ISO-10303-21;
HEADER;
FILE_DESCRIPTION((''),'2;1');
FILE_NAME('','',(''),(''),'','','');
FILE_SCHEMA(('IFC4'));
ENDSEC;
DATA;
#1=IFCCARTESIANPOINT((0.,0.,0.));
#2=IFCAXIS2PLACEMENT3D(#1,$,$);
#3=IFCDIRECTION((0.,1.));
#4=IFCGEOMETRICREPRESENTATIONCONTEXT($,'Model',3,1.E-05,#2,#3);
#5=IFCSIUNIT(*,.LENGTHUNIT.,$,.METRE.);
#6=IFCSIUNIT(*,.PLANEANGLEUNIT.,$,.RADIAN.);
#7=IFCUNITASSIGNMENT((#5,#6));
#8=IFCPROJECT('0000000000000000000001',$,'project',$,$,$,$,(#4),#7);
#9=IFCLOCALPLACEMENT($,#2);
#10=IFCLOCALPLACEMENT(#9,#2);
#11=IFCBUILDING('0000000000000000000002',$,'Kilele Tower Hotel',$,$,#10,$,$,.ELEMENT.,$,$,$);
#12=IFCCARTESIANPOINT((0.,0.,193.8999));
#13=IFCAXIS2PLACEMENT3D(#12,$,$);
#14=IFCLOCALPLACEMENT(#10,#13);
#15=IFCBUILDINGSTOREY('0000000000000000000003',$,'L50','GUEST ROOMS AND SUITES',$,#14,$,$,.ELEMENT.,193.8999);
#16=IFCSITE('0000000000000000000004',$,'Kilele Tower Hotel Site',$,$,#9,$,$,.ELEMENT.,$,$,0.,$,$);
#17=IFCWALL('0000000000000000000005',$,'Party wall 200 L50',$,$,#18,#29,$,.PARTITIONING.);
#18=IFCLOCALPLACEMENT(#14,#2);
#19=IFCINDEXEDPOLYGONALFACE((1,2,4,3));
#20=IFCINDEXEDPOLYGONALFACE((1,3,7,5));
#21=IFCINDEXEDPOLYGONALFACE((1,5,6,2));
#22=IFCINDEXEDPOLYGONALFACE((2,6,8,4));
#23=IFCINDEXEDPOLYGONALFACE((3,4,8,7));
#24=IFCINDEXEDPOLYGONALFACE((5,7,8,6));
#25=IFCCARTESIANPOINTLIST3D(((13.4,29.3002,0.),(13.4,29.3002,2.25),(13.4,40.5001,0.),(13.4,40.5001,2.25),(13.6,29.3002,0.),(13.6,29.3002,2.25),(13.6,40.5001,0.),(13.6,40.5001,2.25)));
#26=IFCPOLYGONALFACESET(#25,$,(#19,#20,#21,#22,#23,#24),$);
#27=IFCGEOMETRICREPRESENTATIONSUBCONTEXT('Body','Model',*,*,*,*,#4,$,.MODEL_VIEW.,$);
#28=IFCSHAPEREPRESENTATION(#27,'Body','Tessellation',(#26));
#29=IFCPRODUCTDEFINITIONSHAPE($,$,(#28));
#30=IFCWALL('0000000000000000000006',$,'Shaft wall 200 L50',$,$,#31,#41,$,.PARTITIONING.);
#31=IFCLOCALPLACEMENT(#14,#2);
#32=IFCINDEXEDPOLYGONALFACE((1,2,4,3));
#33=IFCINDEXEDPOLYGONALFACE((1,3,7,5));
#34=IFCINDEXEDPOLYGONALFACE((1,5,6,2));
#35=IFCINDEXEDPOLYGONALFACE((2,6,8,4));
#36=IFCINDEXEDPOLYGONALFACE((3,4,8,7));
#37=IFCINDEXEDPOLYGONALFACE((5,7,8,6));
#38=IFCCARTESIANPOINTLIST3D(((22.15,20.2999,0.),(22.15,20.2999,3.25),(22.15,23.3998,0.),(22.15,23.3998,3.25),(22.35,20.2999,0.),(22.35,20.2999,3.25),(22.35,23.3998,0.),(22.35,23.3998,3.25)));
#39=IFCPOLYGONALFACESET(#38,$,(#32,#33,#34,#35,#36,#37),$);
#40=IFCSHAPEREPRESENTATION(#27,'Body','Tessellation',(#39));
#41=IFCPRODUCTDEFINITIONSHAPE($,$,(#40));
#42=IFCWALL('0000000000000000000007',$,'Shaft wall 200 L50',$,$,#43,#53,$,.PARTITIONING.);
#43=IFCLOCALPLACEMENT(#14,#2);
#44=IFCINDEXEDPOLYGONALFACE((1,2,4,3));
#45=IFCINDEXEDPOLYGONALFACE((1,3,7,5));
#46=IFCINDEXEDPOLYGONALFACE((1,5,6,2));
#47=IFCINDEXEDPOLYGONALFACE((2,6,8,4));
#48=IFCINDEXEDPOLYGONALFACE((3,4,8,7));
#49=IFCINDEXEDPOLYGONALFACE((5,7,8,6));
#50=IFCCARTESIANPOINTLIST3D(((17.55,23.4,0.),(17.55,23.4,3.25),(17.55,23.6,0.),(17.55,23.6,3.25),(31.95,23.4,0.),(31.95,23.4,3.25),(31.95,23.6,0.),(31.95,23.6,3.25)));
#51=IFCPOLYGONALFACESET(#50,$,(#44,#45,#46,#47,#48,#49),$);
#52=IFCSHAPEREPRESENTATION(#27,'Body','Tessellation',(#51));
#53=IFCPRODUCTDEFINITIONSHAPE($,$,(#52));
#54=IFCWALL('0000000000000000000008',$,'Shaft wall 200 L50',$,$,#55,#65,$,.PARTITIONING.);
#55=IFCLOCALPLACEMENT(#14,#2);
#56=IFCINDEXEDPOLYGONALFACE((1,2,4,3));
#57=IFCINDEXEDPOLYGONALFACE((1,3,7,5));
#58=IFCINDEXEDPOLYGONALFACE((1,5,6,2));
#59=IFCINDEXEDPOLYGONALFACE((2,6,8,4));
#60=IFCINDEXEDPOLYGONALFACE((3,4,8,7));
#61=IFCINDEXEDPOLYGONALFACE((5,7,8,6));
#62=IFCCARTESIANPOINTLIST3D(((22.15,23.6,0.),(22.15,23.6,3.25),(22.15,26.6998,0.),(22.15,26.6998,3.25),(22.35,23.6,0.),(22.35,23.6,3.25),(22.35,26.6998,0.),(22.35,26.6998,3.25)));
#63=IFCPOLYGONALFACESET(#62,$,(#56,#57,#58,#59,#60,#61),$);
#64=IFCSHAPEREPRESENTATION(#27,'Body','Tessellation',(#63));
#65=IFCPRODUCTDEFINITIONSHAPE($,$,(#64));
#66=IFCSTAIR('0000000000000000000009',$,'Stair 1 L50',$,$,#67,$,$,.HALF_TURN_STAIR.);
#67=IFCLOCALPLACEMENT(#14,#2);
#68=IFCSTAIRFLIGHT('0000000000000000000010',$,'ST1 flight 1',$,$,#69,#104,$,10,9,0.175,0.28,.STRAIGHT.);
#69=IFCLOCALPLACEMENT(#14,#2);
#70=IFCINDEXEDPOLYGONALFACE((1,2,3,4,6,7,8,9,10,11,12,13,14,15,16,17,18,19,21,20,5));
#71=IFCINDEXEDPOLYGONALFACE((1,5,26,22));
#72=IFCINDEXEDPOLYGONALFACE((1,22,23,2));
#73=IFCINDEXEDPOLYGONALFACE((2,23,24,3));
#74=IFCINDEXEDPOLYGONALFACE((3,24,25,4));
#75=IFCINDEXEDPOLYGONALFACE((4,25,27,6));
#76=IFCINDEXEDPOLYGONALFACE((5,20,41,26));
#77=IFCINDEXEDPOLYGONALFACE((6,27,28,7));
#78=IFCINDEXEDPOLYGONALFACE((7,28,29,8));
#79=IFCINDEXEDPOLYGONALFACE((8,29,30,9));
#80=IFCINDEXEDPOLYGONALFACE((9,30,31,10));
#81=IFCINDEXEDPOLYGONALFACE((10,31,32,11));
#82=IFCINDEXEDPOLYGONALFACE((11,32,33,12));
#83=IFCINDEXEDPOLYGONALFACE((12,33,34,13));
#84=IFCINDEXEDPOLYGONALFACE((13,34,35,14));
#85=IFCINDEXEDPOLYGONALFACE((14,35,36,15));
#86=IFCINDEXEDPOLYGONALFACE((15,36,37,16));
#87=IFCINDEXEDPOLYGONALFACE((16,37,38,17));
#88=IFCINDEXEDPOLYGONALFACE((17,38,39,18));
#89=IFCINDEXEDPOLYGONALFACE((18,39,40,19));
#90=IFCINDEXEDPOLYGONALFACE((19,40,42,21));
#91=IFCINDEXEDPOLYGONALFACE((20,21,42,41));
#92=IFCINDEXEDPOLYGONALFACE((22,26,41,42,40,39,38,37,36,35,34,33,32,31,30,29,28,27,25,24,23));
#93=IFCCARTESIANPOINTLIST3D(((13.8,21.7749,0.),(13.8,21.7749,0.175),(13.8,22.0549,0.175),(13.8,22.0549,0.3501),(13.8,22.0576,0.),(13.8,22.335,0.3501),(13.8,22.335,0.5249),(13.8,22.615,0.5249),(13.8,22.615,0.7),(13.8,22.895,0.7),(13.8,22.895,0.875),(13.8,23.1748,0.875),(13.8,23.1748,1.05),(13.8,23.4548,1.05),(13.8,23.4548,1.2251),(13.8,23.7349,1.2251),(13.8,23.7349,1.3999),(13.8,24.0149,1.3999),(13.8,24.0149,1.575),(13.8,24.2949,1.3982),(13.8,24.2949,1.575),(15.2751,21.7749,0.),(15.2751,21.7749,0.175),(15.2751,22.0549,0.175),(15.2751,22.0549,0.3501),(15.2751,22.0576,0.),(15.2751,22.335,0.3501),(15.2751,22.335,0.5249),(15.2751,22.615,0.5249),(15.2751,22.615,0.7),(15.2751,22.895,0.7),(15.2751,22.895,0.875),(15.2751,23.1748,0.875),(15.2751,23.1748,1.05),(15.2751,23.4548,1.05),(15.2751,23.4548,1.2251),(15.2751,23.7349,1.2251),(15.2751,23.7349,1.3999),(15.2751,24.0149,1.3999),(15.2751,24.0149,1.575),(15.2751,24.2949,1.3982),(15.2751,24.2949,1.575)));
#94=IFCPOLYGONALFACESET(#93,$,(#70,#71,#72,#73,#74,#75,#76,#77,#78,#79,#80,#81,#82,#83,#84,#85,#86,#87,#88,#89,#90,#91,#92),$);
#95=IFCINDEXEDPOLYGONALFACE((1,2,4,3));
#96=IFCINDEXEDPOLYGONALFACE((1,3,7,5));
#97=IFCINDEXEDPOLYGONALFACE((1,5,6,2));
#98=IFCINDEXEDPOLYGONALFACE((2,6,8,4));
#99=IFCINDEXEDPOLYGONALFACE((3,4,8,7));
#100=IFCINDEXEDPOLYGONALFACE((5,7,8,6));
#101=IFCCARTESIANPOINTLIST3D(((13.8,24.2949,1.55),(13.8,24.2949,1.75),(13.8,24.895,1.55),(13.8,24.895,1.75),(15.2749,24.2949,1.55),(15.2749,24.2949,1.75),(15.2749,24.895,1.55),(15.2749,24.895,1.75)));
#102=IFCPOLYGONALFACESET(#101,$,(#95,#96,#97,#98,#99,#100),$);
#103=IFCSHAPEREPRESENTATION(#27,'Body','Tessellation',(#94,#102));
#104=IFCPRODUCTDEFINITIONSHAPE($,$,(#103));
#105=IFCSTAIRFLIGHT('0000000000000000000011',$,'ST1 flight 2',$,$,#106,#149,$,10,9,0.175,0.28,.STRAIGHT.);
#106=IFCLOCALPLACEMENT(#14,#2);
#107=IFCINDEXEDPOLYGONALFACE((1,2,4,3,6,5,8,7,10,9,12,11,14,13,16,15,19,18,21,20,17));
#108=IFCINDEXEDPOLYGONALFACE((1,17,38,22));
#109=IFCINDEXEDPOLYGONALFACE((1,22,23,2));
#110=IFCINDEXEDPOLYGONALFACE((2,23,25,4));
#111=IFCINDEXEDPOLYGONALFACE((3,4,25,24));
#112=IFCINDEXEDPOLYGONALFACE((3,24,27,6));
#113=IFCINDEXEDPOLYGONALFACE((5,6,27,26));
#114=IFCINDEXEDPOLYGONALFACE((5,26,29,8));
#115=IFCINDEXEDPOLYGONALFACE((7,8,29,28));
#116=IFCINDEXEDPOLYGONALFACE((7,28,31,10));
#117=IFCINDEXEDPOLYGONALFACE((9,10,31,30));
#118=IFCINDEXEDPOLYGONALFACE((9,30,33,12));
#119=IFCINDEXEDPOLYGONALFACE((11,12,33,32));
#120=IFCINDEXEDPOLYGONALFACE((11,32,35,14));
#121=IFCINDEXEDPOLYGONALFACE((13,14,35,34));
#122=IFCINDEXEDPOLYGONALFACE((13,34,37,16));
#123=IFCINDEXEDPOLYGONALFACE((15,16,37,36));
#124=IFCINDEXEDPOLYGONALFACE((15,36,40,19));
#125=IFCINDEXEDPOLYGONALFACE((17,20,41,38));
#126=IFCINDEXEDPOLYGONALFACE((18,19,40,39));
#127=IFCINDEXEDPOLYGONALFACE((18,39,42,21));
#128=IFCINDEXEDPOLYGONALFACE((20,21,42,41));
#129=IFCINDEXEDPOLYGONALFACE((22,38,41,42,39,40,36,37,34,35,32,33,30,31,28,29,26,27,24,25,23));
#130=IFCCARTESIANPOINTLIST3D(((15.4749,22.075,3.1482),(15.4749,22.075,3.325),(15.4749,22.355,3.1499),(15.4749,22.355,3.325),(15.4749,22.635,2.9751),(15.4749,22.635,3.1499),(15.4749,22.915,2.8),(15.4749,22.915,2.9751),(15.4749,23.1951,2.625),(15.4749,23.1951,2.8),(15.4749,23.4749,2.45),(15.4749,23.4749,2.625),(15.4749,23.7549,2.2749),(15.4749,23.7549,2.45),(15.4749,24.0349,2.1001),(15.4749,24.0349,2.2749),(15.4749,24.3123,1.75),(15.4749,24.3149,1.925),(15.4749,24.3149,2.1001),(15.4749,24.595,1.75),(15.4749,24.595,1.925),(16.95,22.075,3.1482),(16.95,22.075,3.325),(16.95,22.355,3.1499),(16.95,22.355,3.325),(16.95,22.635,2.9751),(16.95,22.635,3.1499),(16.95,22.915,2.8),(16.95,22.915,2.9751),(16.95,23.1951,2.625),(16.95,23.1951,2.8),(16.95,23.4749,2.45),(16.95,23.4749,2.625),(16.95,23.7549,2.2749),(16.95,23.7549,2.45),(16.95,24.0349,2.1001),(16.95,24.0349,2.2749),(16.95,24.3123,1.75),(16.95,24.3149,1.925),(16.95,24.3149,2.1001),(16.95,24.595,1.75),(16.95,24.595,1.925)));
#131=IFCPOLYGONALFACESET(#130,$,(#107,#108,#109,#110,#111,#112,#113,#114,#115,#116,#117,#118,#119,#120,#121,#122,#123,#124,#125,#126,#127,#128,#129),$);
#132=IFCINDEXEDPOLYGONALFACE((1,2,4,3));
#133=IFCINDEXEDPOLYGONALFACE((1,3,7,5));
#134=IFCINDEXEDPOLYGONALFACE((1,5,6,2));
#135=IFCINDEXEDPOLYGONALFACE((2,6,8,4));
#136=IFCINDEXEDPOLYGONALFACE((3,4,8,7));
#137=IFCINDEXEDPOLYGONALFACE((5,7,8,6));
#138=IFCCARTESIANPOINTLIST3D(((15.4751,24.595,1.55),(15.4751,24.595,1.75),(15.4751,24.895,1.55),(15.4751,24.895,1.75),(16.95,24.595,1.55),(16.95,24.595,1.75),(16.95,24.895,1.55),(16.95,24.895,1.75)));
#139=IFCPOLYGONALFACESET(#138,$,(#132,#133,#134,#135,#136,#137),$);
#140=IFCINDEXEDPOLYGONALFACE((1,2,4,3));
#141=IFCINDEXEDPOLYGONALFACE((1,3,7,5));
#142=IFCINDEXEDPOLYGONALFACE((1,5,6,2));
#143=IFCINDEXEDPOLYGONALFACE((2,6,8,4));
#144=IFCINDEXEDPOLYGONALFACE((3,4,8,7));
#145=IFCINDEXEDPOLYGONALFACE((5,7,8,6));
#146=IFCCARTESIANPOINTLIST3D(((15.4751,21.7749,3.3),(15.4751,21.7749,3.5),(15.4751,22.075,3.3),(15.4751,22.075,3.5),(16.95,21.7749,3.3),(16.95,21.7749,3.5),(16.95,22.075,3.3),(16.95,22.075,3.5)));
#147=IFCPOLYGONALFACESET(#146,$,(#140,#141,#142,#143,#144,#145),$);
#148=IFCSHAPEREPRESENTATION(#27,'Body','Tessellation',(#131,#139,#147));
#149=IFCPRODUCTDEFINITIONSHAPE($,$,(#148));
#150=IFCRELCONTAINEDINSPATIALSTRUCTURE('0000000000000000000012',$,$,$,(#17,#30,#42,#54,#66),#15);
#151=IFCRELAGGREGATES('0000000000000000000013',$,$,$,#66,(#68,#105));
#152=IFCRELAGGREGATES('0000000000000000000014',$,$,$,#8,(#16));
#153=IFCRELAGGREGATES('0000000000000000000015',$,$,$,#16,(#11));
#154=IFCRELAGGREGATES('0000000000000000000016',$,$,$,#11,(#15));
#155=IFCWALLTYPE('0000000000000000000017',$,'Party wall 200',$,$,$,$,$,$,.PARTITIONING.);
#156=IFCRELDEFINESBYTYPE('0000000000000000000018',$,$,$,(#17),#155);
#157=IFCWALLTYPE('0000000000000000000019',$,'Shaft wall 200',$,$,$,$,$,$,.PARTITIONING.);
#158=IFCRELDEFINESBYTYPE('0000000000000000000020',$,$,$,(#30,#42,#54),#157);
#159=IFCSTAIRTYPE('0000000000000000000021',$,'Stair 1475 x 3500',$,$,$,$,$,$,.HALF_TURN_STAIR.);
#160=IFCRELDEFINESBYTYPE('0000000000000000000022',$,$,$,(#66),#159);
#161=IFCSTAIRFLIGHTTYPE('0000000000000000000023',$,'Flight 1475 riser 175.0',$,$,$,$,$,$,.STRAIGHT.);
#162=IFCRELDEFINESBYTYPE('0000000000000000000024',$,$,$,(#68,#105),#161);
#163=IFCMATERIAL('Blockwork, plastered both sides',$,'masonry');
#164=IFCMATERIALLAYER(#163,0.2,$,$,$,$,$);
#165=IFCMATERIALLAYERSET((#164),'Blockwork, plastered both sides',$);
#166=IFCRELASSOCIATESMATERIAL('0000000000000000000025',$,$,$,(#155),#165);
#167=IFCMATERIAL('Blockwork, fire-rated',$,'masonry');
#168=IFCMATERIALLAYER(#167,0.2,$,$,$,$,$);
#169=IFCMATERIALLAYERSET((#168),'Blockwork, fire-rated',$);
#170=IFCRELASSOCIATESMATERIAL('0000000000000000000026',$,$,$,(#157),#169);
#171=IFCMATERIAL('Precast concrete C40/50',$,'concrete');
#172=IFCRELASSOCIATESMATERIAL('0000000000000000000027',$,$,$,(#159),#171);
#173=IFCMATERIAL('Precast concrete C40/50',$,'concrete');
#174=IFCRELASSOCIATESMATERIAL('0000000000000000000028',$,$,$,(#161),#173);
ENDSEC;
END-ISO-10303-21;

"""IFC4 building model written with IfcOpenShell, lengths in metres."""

from ifc_helpers import new_model, si_unit, direction, frame, frame_2d, origin, place, context, subcontext, project, spatial, polyline, rectangle, outline, extrude, material, layer, layer_set, type_object, element, aggregate, save


model = new_model("IFC4")

# Units and contexts
model_context = context("Model", 3, precision=1e-05, world=origin(), true_north=direction((0.0, 1.0)))
body_context = subcontext(model_context, "Body", "Model", "MODEL_VIEW")
ifc_project = project(units=[si_unit("LENGTHUNIT", "METRE"), si_unit("PLANEANGLEUNIT", "RADIAN")], contexts=[model_context])

# Site, building, storey
site_placement = place(None, origin())
site = spatial("IfcSite", under=ifc_project, at=site_placement, Name="Kilele Tower Hotel Site", CompositionType="ELEMENT", RefElevation=0.0)
building_placement = place(site_placement, origin())
building = spatial("IfcBuilding", under=site, at=building_placement, Name="Kilele Tower Hotel", CompositionType="ELEMENT")
storey_placement = place(building_placement, frame((0.0, 0.0, 193.8999)))
storey = spatial("IfcBuildingStorey", under=building, at=storey_placement, Name="L50", Description="GUEST ROOMS AND SUITES", CompositionType="ELEMENT", Elevation=193.8999)

# Walls
ifc_material_1 = material(Name="Blockwork, plastered both sides", Category="masonry")
ifc_layer_1 = layer(ifc_material_1, 0.2)
ifc_layer_set_1 = layer_set([ifc_layer_1], Name="Blockwork, plastered both sides")
wall_type_1 = type_object("IfcWallType", Name="Party wall 200", PredefinedType="PARTITIONING", material=ifc_layer_set_1)
wall_1_placement = place(storey_placement, frame((13.5, 29.3, 0.0), z_axis=(0.0, 0.0, 1.0), x_axis=(0.0, 1.0, 0.0)))
element("IfcWall", 1, at=wall_1_placement, inside=storey, type_object=wall_type_1, Name="Party wall 200 L50", PredefinedType="PARTITIONING", context=body_context, shape_type="SweptSolid", body=[
    extrude(rectangle(XDim=11.2, YDim=0.2, at=frame_2d((5.6001, 0.0))), origin(), (0.0, 0.0, 1.0), 2.25),
])
ifc_material_2 = material(Name="Blockwork, fire-rated", Category="masonry")
ifc_layer_2 = layer(ifc_material_2, 0.2)
ifc_layer_set_2 = layer_set([ifc_layer_2], Name="Blockwork, fire-rated")
wall_type_2 = type_object("IfcWallType", Name="Shaft wall 200", PredefinedType="PARTITIONING", material=ifc_layer_set_2)
wall_2_placement = place(storey_placement, frame((22.25, 20.3, 0.0), z_axis=(0.0, 0.0, 1.0), x_axis=(0.0, 1.0, 0.0)))
element("IfcWall", 2, at=wall_2_placement, inside=storey, type_object=wall_type_2, Name="Shaft wall 200 L50", PredefinedType="PARTITIONING", context=body_context, shape_type="SweptSolid", body=[
    extrude(rectangle(XDim=3.0999, YDim=0.2, at=frame_2d((1.5498, 0.0))), origin(), (0.0, 0.0, 1.0), 3.25),
])
wall_3_placement = place(storey_placement, frame((17.55, 23.5, 0.0), z_axis=(0.0, 0.0, 1.0), x_axis=(1.0, 0.0, 0.0)))
element("IfcWall", 3, at=wall_3_placement, inside=storey, type_object=wall_type_2, Name="Shaft wall 200 L50", PredefinedType="PARTITIONING", context=body_context, shape_type="SweptSolid", body=[
    extrude(rectangle(XDim=14.3999, YDim=0.2, at=frame_2d((7.2, 0.0))), origin(), (0.0, 0.0, 1.0), 3.25),
])
wall_4_placement = place(storey_placement, frame((22.25, 23.6001, 0.0), z_axis=(0.0, 0.0, 1.0), x_axis=(0.0, 1.0, 0.0)))
element("IfcWall", 4, at=wall_4_placement, inside=storey, type_object=wall_type_2, Name="Shaft wall 200 L50", PredefinedType="PARTITIONING", context=body_context, shape_type="SweptSolid", body=[
    extrude(rectangle(XDim=3.0999, YDim=0.2, at=frame_2d((1.5498, 0.0))), origin(), (0.0, 0.0, 1.0), 3.25),
])

# Stair, stair flights
ifc_material_3 = material(Name="Precast concrete C40/50", Category="concrete")
stair_type = type_object("IfcStairType", Name="Stair 1475 x 3500", PredefinedType="HALF_TURN_STAIR", material=ifc_material_3)
stair_placement = place(storey_placement, origin())
stair = element("IfcStair", 5, at=stair_placement, inside=storey, type_object=stair_type, Name="Stair 1 L50", PredefinedType="HALF_TURN_STAIR")
ifc_material_4 = material(Name="Precast concrete C40/50", Category="concrete")
stair_flight_type = type_object("IfcStairFlightType", Name="Flight 1475 riser 175.0", PredefinedType="STRAIGHT", material=ifc_material_4)
stair_flight_1_placement = place(storey_placement, frame((14.5376, 21.7749, 0.0), z_axis=(0.0, 0.0, 1.0), x_axis=(0.0, 1.0, 0.0)))
stair_flight_1 = element("IfcStairFlight", 6, at=stair_flight_1_placement, type_object=stair_flight_type, Name="ST1 flight 1", NumberOfRisers=10, NumberOfTreads=9, PredefinedType="STRAIGHT", RiserHeight=0.175, TreadLength=0.28, context=body_context, shape_type="SweptSolid", body=[
    extrude(outline(polyline([(0.0, 0.0), (0.0, 0.175), (0.28, 0.175), (0.28, 0.3501), (0.5601, 0.3501), (0.5601, 0.5249), (0.8401, 0.5249), (0.8401, 0.7), (1.1201, 0.7), (1.1201, 0.875), (1.3999, 0.875), (1.3999, 1.05), (1.6799, 1.05), (1.6799, 1.2251), (1.96, 1.2251), (1.96, 1.3999), (2.24, 1.3999), (2.24, 1.575), (2.52, 1.575), (2.52, 1.75), (2.52, 1.3982), (0.2827, 0.0), (0.0, 0.0)])), frame((0.0, 0.7375, 0.0), z_axis=(0.0, -1.0, 0.0), x_axis=(1.0, 0.0, 0.0)), (0.0, 0.0, 1.0), 1.4751),
    extrude(outline(polyline([(2.52, 0.7375), (2.52, -0.7373), (3.1201, -0.7373), (3.1201, 0.7375), (2.52, 0.7375)])), frame((0.0, 0.0, 1.55)), (0.0, 0.0, 1.0), 0.2),
])
stair_flight_2_placement = place(storey_placement, frame((16.2124, 24.595, 1.75), z_axis=(0.0, 0.0, 1.0), x_axis=(0.0, -1.0, 0.0)))
stair_flight_2 = element("IfcStairFlight", 7, at=stair_flight_2_placement, type_object=stair_flight_type, Name="ST1 flight 2", NumberOfRisers=10, NumberOfTreads=9, PredefinedType="STRAIGHT", RiserHeight=0.175, TreadLength=0.28, context=body_context, shape_type="SweptSolid", body=[
    extrude(outline(polyline([(0.0, 0.0), (0.0, 0.175), (0.28, 0.175), (0.28, 0.3501), (0.5601, 0.3501), (0.5601, 0.5249), (0.8401, 0.5249), (0.8401, 0.7), (1.1201, 0.7), (1.1201, 0.875), (1.3999, 0.875), (1.3999, 1.05), (1.6799, 1.05), (1.6799, 1.2251), (1.96, 1.2251), (1.96, 1.3999), (2.24, 1.3999), (2.24, 1.575), (2.52, 1.575), (2.52, 1.75), (2.52, 1.3982), (0.2827, 0.0), (0.0, 0.0)])), frame((0.0, 0.7375, 0.0), z_axis=(0.0, -1.0, 0.0), x_axis=(1.0, 0.0, 0.0)), (0.0, 0.0, 1.0), 1.4751),
    extrude(outline(polyline([(0.0, -0.7373), (0.0, 0.7375), (-0.3, 0.7375), (-0.3, -0.7373), (0.0, -0.7373)])), frame((0.0, 0.0, -0.2)), (0.0, 0.0, 1.0), 0.2),
    extrude(outline(polyline([(2.8201, -0.7373), (2.8201, 0.7375), (2.52, 0.7375), (2.52, -0.7373), (2.8201, -0.7373)])), frame((0.0, 0.0, 1.55)), (0.0, 0.0, 1.0), 0.2),
])
aggregate(stair, [stair_flight_1, stair_flight_2])

save(model, "model.ifc")
